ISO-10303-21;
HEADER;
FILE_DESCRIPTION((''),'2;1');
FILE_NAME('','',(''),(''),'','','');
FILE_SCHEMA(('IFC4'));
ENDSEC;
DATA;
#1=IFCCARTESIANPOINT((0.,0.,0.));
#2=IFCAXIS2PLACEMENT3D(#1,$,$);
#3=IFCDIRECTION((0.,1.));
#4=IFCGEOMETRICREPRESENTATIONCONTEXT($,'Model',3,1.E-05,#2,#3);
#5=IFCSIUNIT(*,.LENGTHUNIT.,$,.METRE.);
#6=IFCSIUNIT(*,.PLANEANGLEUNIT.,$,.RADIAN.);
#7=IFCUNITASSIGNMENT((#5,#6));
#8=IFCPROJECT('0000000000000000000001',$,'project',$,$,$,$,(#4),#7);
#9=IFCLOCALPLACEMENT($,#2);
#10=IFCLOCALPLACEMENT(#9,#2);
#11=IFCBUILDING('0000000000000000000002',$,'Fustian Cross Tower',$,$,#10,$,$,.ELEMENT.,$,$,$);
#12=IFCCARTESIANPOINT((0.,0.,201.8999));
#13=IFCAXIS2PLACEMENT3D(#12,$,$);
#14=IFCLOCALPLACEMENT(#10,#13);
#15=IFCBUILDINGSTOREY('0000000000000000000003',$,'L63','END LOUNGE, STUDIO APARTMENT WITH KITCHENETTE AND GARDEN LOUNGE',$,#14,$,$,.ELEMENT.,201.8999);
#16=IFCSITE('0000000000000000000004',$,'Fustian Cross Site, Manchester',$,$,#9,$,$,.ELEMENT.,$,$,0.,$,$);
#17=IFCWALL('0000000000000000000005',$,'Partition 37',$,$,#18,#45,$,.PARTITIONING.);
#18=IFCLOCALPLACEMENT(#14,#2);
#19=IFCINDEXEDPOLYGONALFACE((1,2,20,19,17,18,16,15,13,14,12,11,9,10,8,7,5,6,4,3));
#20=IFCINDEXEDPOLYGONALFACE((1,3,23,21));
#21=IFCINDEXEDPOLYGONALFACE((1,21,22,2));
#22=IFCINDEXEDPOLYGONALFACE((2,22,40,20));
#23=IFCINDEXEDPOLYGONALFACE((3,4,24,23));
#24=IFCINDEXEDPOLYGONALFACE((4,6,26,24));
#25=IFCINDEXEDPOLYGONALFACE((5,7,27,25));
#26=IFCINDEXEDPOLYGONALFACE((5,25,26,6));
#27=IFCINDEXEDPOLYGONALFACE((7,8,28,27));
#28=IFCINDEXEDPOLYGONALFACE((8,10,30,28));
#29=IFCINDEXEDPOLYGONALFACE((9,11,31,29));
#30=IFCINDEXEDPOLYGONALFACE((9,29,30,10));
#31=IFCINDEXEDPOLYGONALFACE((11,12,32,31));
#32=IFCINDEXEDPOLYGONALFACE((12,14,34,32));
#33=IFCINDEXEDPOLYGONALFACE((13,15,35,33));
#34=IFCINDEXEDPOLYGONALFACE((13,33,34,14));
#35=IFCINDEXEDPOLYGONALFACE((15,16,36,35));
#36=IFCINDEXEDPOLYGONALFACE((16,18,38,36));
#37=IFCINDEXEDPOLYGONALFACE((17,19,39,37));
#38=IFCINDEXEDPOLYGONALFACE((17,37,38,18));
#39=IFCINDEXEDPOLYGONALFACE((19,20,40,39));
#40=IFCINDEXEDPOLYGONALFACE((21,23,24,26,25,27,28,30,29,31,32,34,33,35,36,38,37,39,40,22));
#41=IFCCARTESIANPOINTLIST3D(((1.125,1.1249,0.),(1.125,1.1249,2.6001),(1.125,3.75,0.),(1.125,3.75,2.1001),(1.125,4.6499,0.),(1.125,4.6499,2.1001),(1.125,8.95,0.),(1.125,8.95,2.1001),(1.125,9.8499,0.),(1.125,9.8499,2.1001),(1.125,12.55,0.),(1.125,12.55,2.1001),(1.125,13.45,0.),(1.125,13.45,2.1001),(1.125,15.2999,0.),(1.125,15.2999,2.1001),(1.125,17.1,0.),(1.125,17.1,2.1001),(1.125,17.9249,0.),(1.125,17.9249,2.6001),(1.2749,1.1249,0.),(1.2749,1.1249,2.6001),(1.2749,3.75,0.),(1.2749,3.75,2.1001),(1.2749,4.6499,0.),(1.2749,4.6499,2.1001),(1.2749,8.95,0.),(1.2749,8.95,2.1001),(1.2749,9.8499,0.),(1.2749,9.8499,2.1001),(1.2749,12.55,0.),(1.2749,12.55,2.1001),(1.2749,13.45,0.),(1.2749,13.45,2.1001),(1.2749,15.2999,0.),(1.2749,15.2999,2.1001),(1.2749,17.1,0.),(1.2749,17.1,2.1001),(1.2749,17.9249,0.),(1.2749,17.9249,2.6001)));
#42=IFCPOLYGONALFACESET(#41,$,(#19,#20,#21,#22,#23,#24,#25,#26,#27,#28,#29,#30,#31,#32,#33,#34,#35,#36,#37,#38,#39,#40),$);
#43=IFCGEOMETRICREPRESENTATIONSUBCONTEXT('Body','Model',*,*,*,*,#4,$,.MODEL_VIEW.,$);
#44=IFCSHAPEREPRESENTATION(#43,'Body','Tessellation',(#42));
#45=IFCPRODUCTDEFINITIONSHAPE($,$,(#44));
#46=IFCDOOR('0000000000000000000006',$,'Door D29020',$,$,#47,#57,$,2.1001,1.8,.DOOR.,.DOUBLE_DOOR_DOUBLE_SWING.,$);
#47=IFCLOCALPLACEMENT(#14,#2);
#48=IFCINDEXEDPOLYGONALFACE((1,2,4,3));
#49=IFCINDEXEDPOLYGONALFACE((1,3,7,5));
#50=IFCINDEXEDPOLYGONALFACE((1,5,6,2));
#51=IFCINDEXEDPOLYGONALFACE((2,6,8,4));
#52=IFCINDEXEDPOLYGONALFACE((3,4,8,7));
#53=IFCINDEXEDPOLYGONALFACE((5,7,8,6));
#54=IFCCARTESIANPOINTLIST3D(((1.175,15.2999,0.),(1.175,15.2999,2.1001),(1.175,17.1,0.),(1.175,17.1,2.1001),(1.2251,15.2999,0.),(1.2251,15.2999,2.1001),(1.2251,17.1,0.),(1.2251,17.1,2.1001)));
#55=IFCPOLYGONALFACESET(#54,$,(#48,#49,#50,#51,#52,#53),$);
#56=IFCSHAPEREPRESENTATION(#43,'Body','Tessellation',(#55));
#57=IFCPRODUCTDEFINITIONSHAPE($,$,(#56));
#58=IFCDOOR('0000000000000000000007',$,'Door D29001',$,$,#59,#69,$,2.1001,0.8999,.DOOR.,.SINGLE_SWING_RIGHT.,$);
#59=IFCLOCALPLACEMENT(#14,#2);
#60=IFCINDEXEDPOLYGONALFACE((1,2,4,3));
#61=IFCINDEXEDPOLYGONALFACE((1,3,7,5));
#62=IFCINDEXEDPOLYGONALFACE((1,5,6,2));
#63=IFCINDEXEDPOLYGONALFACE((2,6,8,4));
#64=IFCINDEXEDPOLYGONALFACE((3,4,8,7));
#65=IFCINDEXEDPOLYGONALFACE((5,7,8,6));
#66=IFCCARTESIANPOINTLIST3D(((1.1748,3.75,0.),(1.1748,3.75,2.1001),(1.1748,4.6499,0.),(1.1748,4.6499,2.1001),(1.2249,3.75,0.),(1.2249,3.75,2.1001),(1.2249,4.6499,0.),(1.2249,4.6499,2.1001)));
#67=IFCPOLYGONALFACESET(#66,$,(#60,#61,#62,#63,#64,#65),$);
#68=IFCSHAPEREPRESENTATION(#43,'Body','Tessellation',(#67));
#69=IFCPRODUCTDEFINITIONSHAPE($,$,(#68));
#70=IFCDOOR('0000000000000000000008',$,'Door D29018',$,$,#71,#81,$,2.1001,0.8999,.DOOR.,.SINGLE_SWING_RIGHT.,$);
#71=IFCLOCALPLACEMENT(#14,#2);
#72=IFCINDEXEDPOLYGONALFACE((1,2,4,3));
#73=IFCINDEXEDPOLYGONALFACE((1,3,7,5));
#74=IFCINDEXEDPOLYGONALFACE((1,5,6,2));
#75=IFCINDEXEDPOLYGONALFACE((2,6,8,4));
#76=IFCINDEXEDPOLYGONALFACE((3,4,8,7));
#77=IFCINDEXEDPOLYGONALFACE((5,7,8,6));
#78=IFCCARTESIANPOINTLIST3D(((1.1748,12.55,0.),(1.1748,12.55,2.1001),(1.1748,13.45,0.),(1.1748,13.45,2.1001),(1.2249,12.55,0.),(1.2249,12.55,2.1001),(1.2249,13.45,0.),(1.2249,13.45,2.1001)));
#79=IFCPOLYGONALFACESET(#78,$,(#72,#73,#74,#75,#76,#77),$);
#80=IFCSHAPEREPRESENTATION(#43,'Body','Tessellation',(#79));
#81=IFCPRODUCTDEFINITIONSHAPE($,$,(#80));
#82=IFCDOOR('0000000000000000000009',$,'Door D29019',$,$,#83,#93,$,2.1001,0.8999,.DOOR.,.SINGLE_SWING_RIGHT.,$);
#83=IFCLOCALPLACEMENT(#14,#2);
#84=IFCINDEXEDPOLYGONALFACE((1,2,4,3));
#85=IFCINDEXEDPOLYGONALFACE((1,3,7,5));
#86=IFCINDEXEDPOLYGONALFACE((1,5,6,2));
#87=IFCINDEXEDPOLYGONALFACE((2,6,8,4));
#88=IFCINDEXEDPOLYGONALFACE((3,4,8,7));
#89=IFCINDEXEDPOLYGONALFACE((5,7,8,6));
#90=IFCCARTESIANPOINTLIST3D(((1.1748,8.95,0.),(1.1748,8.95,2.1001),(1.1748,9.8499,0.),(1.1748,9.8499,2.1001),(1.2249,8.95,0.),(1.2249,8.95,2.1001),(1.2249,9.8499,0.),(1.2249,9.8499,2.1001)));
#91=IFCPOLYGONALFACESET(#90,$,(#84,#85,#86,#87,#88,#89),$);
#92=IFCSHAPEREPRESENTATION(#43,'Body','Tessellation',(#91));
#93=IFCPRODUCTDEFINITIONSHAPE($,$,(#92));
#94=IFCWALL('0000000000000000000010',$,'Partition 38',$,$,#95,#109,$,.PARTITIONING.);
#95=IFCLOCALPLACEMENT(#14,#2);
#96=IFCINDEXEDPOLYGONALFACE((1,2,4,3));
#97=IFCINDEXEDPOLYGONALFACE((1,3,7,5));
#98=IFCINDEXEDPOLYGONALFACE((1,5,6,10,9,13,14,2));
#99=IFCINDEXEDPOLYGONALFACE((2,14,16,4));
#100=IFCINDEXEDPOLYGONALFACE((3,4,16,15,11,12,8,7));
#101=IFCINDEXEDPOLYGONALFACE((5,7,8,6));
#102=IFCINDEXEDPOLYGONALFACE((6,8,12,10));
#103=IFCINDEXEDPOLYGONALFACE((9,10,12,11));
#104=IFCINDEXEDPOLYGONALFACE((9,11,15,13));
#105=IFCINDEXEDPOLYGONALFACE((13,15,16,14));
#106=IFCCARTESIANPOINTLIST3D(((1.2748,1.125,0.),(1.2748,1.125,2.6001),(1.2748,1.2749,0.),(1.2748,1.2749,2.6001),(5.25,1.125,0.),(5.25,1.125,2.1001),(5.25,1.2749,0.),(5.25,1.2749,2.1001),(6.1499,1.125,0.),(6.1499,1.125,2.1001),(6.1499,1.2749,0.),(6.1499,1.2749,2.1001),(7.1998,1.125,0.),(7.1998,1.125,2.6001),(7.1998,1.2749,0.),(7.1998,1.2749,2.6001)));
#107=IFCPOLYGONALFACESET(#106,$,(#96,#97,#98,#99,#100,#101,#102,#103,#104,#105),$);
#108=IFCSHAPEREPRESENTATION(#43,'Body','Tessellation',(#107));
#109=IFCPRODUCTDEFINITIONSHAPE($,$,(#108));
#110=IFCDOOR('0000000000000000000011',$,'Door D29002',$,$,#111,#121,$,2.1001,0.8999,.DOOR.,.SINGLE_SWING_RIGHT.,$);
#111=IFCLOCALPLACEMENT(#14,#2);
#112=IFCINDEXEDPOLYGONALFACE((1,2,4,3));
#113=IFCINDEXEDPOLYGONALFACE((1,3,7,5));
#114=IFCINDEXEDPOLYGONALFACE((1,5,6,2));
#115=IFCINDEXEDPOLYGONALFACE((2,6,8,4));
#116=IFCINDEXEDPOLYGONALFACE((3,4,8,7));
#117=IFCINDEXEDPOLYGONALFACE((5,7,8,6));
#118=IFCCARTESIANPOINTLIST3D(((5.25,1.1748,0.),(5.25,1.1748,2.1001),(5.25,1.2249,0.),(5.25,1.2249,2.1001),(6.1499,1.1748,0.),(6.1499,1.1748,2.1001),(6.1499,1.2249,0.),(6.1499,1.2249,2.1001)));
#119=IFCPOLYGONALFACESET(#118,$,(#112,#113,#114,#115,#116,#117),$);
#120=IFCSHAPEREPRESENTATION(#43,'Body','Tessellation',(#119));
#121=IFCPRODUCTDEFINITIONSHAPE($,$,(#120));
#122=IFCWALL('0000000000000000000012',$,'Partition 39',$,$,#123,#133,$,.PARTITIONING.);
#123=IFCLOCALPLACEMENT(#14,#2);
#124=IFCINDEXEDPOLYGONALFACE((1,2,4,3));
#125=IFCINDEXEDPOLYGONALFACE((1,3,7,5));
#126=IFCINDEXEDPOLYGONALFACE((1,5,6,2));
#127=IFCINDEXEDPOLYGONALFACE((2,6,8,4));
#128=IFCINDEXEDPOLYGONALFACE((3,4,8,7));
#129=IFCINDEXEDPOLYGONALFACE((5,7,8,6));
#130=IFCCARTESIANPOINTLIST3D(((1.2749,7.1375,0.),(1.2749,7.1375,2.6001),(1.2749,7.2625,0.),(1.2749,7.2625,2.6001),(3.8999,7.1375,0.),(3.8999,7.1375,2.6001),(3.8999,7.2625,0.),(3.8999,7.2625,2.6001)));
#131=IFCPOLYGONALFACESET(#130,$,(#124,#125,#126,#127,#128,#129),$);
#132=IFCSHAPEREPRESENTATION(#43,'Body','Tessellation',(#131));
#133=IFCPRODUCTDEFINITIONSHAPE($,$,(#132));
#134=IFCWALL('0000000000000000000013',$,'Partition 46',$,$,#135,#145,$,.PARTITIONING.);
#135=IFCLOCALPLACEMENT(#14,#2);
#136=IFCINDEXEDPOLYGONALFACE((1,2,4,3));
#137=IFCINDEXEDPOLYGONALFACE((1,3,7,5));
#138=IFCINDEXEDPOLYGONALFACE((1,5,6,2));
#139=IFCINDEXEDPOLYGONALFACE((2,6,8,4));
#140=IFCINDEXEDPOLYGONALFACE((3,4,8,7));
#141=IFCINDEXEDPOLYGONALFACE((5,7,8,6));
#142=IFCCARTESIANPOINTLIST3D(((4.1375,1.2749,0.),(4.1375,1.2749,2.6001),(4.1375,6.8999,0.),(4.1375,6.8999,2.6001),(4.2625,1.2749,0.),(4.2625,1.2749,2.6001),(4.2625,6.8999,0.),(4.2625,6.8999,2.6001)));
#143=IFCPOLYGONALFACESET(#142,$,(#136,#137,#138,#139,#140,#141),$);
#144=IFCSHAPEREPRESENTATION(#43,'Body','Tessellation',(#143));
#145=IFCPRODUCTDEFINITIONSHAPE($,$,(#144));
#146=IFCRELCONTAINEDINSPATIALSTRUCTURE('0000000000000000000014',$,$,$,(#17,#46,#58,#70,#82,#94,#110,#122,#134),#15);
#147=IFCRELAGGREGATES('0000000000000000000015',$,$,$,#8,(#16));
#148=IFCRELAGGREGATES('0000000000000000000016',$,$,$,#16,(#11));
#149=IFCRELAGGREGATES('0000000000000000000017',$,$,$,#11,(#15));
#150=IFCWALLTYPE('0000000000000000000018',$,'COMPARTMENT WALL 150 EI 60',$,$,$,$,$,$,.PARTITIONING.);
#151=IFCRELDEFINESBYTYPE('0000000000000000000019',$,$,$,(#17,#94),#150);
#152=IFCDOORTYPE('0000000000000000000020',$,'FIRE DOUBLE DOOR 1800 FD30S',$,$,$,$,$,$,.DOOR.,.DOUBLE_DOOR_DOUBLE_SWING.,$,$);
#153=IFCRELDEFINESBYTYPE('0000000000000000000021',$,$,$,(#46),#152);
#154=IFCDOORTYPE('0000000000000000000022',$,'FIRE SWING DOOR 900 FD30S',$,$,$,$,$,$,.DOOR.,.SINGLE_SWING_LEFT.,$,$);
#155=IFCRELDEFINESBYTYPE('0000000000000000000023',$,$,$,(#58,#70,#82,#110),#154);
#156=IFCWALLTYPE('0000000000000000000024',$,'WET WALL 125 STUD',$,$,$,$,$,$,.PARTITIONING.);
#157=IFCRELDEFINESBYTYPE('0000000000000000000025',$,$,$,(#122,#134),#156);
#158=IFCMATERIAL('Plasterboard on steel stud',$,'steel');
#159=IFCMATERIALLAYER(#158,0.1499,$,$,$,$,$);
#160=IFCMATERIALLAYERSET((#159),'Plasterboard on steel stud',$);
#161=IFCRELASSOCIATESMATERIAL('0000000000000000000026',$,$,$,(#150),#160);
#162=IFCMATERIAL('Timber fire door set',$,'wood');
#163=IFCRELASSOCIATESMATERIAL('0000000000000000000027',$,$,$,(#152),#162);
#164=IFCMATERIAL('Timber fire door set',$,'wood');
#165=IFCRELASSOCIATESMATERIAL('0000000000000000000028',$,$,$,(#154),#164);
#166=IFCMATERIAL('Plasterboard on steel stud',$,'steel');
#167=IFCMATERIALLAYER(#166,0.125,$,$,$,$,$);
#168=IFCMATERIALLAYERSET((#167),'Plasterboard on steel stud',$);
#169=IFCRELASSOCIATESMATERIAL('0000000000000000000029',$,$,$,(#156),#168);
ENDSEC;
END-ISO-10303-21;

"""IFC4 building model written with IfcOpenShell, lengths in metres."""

from ifc_helpers import new_model, si_unit, direction, frame, frame_2d, origin, place, context, subcontext, project, spatial, rectangle, extrude, material, layer, layer_set, type_object, element, fill, save


model = new_model("IFC4")

# Units and contexts
model_context = context("Model", 3, precision=1e-05, world=origin(), true_north=direction((0.0, 1.0)))
body_context = subcontext(model_context, "Body", "Model", "MODEL_VIEW")
ifc_project = project(units=[si_unit("LENGTHUNIT", "METRE"), si_unit("PLANEANGLEUNIT", "RADIAN")], contexts=[model_context])

# Site, building, storey
site_placement = place(None, origin())
site = spatial("IfcSite", under=ifc_project, at=site_placement, Name="Fustian Cross Site, Manchester", CompositionType="ELEMENT", RefElevation=0.0)
building_placement = place(site_placement, origin())
building = spatial("IfcBuilding", under=site, at=building_placement, Name="Fustian Cross Tower", CompositionType="ELEMENT")
storey_placement = place(building_placement, frame((0.0, 0.0, 201.8999)))
storey = spatial("IfcBuildingStorey", under=building, at=storey_placement, Name="L63", Description="END LOUNGE, STUDIO APARTMENT WITH KITCHENETTE AND GARDEN LOUNGE", CompositionType="ELEMENT", Elevation=201.8999)

# Wall, openings, doors
ifc_material_1 = material(Name="Plasterboard on steel stud", Category="steel")
ifc_layer_1 = layer(ifc_material_1, 0.1499)
ifc_layer_set_1 = layer_set([ifc_layer_1], Name="Plasterboard on steel stud")
wall_type_1 = type_object("IfcWallType", Name="COMPARTMENT WALL 150 EI 60", PredefinedType="PARTITIONING", material=ifc_layer_set_1)
wall_1_placement = place(storey_placement, frame((1.2, 1.125, 0.0), z_axis=(0.0, 0.0, 1.0), x_axis=(0.0, 1.0, 0.0)))
wall_1 = element("IfcWall", 1, at=wall_1_placement, inside=storey, type_object=wall_type_1, Name="Partition 37", PredefinedType="PARTITIONING", context=body_context, shape_type="SweptSolid", body=[
    extrude(rectangle(XDim=16.8, YDim=0.1499, at=frame_2d((8.3999, 0.0))), origin(), (0.0, 0.0, 1.0), 2.6001),
])
opening_1_placement = place(wall_1_placement, frame((2.625, 0.0, 0.0)))
opening_1 = element("IfcOpeningElement", 2, at=opening_1_placement, cuts=wall_1, PredefinedType="OPENING", context=body_context, shape_type="SweptSolid", body=[
    extrude(rectangle(XDim=0.8999, YDim=2.1001, at=frame_2d((0.45, 1.05))), frame((0.0, 0.085, 0.0), z_axis=(0.0, -1.0, 0.0), x_axis=(1.0, 0.0, 0.0)), (0.0, 0.0, 1.0), 0.1699),
])
opening_2_placement = place(wall_1_placement, frame((11.425, 0.0, 0.0)))
opening_2 = element("IfcOpeningElement", 3, at=opening_2_placement, cuts=wall_1, PredefinedType="OPENING", context=body_context, shape_type="SweptSolid", body=[
    extrude(rectangle(XDim=0.8999, YDim=2.1001, at=frame_2d((0.45, 1.05))), frame((0.0, 0.085, 0.0), z_axis=(0.0, -1.0, 0.0), x_axis=(1.0, 0.0, 0.0)), (0.0, 0.0, 1.0), 0.1699),
])
opening_3_placement = place(wall_1_placement, frame((7.825, 0.0, 0.0)))
opening_3 = element("IfcOpeningElement", 4, at=opening_3_placement, cuts=wall_1, PredefinedType="OPENING", context=body_context, shape_type="SweptSolid", body=[
    extrude(rectangle(XDim=0.8999, YDim=2.1001, at=frame_2d((0.45, 1.05))), frame((0.0, 0.085, 0.0), z_axis=(0.0, -1.0, 0.0), x_axis=(1.0, 0.0, 0.0)), (0.0, 0.0, 1.0), 0.1699),
])
opening_4_placement = place(wall_1_placement, frame((14.175, 0.0, 0.0)))
opening_4 = element("IfcOpeningElement", 5, at=opening_4_placement, cuts=wall_1, PredefinedType="OPENING", context=body_context, shape_type="SweptSolid", body=[
    extrude(rectangle(XDim=1.8, YDim=2.1001, at=frame_2d((0.8999, 1.05))), frame((0.0, 0.085, 0.0), z_axis=(0.0, -1.0, 0.0), x_axis=(1.0, 0.0, 0.0)), (0.0, 0.0, 1.0), 0.1699),
])
ifc_material_2 = material(Name="Timber fire door set", Category="wood")
door_type_1 = type_object("IfcDoorType", Name="FIRE DOUBLE DOOR 1800 FD30S", OperationType="DOUBLE_DOOR_DOUBLE_SWING", PredefinedType="DOOR", material=ifc_material_2)
door_1_placement = place(opening_4_placement, origin())
door_1 = element("IfcDoor", 6, at=door_1_placement, inside=storey, type_object=door_type_1, Name="Door D29020", OperationType="DOUBLE_DOOR_DOUBLE_SWING", OverallHeight=2.1001, OverallWidth=1.8, PredefinedType="DOOR", context=body_context, shape_type="SweptSolid", body=[
    extrude(rectangle(XDim=1.8, YDim=2.1001, at=frame_2d((0.8999, 1.05))), frame((0.0, 0.0249, 0.0), z_axis=(0.0, -1.0, 0.0), x_axis=(1.0, 0.0, 0.0)), (0.0, 0.0, 1.0), 0.05),
])
fill(opening_4, door_1)
ifc_material_3 = material(Name="Timber fire door set", Category="wood")
door_type_2 = type_object("IfcDoorType", Name="FIRE SWING DOOR 900 FD30S", OperationType="SINGLE_SWING_LEFT", PredefinedType="DOOR", material=ifc_material_3)
door_2_placement = place(opening_1_placement, frame((0.8999, 0.0, 0.0), z_axis=(0.0, 0.0, 1.0), x_axis=(-1.0, 0.0, 0.0)))
door_2 = element("IfcDoor", 7, at=door_2_placement, inside=storey, type_object=door_type_2, Name="Door D29001", OperationType="SINGLE_SWING_RIGHT", OverallHeight=2.1001, OverallWidth=0.8999, PredefinedType="DOOR", context=body_context, shape_type="SweptSolid", body=[
    extrude(rectangle(XDim=0.8999, YDim=2.1001, at=frame_2d((0.45, 1.05))), frame((0.0, 0.0249, 0.0), z_axis=(0.0, -1.0, 0.0), x_axis=(1.0, 0.0, 0.0)), (0.0, 0.0, 1.0), 0.05),
])
fill(opening_1, door_2)
door_3_placement = place(opening_2_placement, frame((0.8999, 0.0, 0.0), z_axis=(0.0, 0.0, 1.0), x_axis=(-1.0, 0.0, 0.0)))
door_3 = element("IfcDoor", 8, at=door_3_placement, inside=storey, type_object=door_type_2, Name="Door D29018", OperationType="SINGLE_SWING_RIGHT", OverallHeight=2.1001, OverallWidth=0.8999, PredefinedType="DOOR", context=body_context, shape_type="SweptSolid", body=[
    extrude(rectangle(XDim=0.8999, YDim=2.1001, at=frame_2d((0.45, 1.05))), frame((0.0, 0.0249, 0.0), z_axis=(0.0, -1.0, 0.0), x_axis=(1.0, 0.0, 0.0)), (0.0, 0.0, 1.0), 0.05),
])
fill(opening_2, door_3)
door_4_placement = place(opening_3_placement, frame((0.8999, 0.0, 0.0), z_axis=(0.0, 0.0, 1.0), x_axis=(-1.0, 0.0, 0.0)))
door_4 = element("IfcDoor", 9, at=door_4_placement, inside=storey, type_object=door_type_2, Name="Door D29019", OperationType="SINGLE_SWING_RIGHT", OverallHeight=2.1001, OverallWidth=0.8999, PredefinedType="DOOR", context=body_context, shape_type="SweptSolid", body=[
    extrude(rectangle(XDim=0.8999, YDim=2.1001, at=frame_2d((0.45, 1.05))), frame((0.0, 0.0249, 0.0), z_axis=(0.0, -1.0, 0.0), x_axis=(1.0, 0.0, 0.0)), (0.0, 0.0, 1.0), 0.05),
])
fill(opening_3, door_4)

# Wall, opening, door
wall_2_placement = place(storey_placement, frame((1.2749, 1.2, 0.0), z_axis=(0.0, 0.0, 1.0), x_axis=(1.0, 0.0, 0.0)))
wall_2 = element("IfcWall", 10, at=wall_2_placement, inside=storey, type_object=wall_type_1, Name="Partition 38", PredefinedType="PARTITIONING", context=body_context, shape_type="SweptSolid", body=[
    extrude(rectangle(XDim=5.925, YDim=0.1499, at=frame_2d((2.9624, 0.0))), origin(), (0.0, 0.0, 1.0), 2.6001),
])
opening_5_placement = place(wall_2_placement, frame((3.9751, 0.0, 0.0)))
opening_5 = element("IfcOpeningElement", 11, at=opening_5_placement, cuts=wall_2, PredefinedType="OPENING", context=body_context, shape_type="SweptSolid", body=[
    extrude(rectangle(XDim=0.8999, YDim=2.1001, at=frame_2d((0.45, 1.05))), frame((0.0, 0.085, 0.0), z_axis=(0.0, -1.0, 0.0), x_axis=(1.0, 0.0, 0.0)), (0.0, 0.0, 1.0), 0.1699),
])
door_5_placement = place(opening_5_placement, origin())
door_5 = element("IfcDoor", 12, at=door_5_placement, inside=storey, type_object=door_type_2, Name="Door D29002", OperationType="SINGLE_SWING_RIGHT", OverallHeight=2.1001, OverallWidth=0.8999, PredefinedType="DOOR", context=body_context, shape_type="SweptSolid", body=[
    extrude(rectangle(XDim=0.8999, YDim=2.1001, at=frame_2d((0.45, 1.05))), frame((0.0, 0.0249, 0.0), z_axis=(0.0, -1.0, 0.0), x_axis=(1.0, 0.0, 0.0)), (0.0, 0.0, 1.0), 0.05),
])
fill(opening_5, door_5)

# Walls
ifc_material_4 = material(Name="Plasterboard on steel stud", Category="steel")
ifc_layer_2 = layer(ifc_material_4, 0.125)
ifc_layer_set_2 = layer_set([ifc_layer_2], Name="Plasterboard on steel stud")
wall_type_2 = type_object("IfcWallType", Name="WET WALL 125 STUD", PredefinedType="PARTITIONING", material=ifc_layer_set_2)
wall_3_placement = place(storey_placement, frame((1.2749, 7.2, 0.0), z_axis=(0.0, 0.0, 1.0), x_axis=(1.0, 0.0, 0.0)))
element("IfcWall", 13, at=wall_3_placement, inside=storey, type_object=wall_type_2, Name="Partition 39", PredefinedType="PARTITIONING", context=body_context, shape_type="SweptSolid", body=[
    extrude(rectangle(XDim=2.625, YDim=0.125, at=frame_2d((1.3125, 0.0))), origin(), (0.0, 0.0, 1.0), 2.6001),
])
wall_4_placement = place(storey_placement, frame((4.2, 1.2749, 0.0), z_axis=(0.0, 0.0, 1.0), x_axis=(0.0, 1.0, 0.0)))
element("IfcWall", 14, at=wall_4_placement, inside=storey, type_object=wall_type_2, Name="Partition 46", PredefinedType="PARTITIONING", context=body_context, shape_type="SweptSolid", body=[
    extrude(rectangle(XDim=5.625, YDim=0.125, at=frame_2d((2.8125, 0.0))), origin(), (0.0, 0.0, 1.0), 2.6001),
])

save(model, "model.ifc")
